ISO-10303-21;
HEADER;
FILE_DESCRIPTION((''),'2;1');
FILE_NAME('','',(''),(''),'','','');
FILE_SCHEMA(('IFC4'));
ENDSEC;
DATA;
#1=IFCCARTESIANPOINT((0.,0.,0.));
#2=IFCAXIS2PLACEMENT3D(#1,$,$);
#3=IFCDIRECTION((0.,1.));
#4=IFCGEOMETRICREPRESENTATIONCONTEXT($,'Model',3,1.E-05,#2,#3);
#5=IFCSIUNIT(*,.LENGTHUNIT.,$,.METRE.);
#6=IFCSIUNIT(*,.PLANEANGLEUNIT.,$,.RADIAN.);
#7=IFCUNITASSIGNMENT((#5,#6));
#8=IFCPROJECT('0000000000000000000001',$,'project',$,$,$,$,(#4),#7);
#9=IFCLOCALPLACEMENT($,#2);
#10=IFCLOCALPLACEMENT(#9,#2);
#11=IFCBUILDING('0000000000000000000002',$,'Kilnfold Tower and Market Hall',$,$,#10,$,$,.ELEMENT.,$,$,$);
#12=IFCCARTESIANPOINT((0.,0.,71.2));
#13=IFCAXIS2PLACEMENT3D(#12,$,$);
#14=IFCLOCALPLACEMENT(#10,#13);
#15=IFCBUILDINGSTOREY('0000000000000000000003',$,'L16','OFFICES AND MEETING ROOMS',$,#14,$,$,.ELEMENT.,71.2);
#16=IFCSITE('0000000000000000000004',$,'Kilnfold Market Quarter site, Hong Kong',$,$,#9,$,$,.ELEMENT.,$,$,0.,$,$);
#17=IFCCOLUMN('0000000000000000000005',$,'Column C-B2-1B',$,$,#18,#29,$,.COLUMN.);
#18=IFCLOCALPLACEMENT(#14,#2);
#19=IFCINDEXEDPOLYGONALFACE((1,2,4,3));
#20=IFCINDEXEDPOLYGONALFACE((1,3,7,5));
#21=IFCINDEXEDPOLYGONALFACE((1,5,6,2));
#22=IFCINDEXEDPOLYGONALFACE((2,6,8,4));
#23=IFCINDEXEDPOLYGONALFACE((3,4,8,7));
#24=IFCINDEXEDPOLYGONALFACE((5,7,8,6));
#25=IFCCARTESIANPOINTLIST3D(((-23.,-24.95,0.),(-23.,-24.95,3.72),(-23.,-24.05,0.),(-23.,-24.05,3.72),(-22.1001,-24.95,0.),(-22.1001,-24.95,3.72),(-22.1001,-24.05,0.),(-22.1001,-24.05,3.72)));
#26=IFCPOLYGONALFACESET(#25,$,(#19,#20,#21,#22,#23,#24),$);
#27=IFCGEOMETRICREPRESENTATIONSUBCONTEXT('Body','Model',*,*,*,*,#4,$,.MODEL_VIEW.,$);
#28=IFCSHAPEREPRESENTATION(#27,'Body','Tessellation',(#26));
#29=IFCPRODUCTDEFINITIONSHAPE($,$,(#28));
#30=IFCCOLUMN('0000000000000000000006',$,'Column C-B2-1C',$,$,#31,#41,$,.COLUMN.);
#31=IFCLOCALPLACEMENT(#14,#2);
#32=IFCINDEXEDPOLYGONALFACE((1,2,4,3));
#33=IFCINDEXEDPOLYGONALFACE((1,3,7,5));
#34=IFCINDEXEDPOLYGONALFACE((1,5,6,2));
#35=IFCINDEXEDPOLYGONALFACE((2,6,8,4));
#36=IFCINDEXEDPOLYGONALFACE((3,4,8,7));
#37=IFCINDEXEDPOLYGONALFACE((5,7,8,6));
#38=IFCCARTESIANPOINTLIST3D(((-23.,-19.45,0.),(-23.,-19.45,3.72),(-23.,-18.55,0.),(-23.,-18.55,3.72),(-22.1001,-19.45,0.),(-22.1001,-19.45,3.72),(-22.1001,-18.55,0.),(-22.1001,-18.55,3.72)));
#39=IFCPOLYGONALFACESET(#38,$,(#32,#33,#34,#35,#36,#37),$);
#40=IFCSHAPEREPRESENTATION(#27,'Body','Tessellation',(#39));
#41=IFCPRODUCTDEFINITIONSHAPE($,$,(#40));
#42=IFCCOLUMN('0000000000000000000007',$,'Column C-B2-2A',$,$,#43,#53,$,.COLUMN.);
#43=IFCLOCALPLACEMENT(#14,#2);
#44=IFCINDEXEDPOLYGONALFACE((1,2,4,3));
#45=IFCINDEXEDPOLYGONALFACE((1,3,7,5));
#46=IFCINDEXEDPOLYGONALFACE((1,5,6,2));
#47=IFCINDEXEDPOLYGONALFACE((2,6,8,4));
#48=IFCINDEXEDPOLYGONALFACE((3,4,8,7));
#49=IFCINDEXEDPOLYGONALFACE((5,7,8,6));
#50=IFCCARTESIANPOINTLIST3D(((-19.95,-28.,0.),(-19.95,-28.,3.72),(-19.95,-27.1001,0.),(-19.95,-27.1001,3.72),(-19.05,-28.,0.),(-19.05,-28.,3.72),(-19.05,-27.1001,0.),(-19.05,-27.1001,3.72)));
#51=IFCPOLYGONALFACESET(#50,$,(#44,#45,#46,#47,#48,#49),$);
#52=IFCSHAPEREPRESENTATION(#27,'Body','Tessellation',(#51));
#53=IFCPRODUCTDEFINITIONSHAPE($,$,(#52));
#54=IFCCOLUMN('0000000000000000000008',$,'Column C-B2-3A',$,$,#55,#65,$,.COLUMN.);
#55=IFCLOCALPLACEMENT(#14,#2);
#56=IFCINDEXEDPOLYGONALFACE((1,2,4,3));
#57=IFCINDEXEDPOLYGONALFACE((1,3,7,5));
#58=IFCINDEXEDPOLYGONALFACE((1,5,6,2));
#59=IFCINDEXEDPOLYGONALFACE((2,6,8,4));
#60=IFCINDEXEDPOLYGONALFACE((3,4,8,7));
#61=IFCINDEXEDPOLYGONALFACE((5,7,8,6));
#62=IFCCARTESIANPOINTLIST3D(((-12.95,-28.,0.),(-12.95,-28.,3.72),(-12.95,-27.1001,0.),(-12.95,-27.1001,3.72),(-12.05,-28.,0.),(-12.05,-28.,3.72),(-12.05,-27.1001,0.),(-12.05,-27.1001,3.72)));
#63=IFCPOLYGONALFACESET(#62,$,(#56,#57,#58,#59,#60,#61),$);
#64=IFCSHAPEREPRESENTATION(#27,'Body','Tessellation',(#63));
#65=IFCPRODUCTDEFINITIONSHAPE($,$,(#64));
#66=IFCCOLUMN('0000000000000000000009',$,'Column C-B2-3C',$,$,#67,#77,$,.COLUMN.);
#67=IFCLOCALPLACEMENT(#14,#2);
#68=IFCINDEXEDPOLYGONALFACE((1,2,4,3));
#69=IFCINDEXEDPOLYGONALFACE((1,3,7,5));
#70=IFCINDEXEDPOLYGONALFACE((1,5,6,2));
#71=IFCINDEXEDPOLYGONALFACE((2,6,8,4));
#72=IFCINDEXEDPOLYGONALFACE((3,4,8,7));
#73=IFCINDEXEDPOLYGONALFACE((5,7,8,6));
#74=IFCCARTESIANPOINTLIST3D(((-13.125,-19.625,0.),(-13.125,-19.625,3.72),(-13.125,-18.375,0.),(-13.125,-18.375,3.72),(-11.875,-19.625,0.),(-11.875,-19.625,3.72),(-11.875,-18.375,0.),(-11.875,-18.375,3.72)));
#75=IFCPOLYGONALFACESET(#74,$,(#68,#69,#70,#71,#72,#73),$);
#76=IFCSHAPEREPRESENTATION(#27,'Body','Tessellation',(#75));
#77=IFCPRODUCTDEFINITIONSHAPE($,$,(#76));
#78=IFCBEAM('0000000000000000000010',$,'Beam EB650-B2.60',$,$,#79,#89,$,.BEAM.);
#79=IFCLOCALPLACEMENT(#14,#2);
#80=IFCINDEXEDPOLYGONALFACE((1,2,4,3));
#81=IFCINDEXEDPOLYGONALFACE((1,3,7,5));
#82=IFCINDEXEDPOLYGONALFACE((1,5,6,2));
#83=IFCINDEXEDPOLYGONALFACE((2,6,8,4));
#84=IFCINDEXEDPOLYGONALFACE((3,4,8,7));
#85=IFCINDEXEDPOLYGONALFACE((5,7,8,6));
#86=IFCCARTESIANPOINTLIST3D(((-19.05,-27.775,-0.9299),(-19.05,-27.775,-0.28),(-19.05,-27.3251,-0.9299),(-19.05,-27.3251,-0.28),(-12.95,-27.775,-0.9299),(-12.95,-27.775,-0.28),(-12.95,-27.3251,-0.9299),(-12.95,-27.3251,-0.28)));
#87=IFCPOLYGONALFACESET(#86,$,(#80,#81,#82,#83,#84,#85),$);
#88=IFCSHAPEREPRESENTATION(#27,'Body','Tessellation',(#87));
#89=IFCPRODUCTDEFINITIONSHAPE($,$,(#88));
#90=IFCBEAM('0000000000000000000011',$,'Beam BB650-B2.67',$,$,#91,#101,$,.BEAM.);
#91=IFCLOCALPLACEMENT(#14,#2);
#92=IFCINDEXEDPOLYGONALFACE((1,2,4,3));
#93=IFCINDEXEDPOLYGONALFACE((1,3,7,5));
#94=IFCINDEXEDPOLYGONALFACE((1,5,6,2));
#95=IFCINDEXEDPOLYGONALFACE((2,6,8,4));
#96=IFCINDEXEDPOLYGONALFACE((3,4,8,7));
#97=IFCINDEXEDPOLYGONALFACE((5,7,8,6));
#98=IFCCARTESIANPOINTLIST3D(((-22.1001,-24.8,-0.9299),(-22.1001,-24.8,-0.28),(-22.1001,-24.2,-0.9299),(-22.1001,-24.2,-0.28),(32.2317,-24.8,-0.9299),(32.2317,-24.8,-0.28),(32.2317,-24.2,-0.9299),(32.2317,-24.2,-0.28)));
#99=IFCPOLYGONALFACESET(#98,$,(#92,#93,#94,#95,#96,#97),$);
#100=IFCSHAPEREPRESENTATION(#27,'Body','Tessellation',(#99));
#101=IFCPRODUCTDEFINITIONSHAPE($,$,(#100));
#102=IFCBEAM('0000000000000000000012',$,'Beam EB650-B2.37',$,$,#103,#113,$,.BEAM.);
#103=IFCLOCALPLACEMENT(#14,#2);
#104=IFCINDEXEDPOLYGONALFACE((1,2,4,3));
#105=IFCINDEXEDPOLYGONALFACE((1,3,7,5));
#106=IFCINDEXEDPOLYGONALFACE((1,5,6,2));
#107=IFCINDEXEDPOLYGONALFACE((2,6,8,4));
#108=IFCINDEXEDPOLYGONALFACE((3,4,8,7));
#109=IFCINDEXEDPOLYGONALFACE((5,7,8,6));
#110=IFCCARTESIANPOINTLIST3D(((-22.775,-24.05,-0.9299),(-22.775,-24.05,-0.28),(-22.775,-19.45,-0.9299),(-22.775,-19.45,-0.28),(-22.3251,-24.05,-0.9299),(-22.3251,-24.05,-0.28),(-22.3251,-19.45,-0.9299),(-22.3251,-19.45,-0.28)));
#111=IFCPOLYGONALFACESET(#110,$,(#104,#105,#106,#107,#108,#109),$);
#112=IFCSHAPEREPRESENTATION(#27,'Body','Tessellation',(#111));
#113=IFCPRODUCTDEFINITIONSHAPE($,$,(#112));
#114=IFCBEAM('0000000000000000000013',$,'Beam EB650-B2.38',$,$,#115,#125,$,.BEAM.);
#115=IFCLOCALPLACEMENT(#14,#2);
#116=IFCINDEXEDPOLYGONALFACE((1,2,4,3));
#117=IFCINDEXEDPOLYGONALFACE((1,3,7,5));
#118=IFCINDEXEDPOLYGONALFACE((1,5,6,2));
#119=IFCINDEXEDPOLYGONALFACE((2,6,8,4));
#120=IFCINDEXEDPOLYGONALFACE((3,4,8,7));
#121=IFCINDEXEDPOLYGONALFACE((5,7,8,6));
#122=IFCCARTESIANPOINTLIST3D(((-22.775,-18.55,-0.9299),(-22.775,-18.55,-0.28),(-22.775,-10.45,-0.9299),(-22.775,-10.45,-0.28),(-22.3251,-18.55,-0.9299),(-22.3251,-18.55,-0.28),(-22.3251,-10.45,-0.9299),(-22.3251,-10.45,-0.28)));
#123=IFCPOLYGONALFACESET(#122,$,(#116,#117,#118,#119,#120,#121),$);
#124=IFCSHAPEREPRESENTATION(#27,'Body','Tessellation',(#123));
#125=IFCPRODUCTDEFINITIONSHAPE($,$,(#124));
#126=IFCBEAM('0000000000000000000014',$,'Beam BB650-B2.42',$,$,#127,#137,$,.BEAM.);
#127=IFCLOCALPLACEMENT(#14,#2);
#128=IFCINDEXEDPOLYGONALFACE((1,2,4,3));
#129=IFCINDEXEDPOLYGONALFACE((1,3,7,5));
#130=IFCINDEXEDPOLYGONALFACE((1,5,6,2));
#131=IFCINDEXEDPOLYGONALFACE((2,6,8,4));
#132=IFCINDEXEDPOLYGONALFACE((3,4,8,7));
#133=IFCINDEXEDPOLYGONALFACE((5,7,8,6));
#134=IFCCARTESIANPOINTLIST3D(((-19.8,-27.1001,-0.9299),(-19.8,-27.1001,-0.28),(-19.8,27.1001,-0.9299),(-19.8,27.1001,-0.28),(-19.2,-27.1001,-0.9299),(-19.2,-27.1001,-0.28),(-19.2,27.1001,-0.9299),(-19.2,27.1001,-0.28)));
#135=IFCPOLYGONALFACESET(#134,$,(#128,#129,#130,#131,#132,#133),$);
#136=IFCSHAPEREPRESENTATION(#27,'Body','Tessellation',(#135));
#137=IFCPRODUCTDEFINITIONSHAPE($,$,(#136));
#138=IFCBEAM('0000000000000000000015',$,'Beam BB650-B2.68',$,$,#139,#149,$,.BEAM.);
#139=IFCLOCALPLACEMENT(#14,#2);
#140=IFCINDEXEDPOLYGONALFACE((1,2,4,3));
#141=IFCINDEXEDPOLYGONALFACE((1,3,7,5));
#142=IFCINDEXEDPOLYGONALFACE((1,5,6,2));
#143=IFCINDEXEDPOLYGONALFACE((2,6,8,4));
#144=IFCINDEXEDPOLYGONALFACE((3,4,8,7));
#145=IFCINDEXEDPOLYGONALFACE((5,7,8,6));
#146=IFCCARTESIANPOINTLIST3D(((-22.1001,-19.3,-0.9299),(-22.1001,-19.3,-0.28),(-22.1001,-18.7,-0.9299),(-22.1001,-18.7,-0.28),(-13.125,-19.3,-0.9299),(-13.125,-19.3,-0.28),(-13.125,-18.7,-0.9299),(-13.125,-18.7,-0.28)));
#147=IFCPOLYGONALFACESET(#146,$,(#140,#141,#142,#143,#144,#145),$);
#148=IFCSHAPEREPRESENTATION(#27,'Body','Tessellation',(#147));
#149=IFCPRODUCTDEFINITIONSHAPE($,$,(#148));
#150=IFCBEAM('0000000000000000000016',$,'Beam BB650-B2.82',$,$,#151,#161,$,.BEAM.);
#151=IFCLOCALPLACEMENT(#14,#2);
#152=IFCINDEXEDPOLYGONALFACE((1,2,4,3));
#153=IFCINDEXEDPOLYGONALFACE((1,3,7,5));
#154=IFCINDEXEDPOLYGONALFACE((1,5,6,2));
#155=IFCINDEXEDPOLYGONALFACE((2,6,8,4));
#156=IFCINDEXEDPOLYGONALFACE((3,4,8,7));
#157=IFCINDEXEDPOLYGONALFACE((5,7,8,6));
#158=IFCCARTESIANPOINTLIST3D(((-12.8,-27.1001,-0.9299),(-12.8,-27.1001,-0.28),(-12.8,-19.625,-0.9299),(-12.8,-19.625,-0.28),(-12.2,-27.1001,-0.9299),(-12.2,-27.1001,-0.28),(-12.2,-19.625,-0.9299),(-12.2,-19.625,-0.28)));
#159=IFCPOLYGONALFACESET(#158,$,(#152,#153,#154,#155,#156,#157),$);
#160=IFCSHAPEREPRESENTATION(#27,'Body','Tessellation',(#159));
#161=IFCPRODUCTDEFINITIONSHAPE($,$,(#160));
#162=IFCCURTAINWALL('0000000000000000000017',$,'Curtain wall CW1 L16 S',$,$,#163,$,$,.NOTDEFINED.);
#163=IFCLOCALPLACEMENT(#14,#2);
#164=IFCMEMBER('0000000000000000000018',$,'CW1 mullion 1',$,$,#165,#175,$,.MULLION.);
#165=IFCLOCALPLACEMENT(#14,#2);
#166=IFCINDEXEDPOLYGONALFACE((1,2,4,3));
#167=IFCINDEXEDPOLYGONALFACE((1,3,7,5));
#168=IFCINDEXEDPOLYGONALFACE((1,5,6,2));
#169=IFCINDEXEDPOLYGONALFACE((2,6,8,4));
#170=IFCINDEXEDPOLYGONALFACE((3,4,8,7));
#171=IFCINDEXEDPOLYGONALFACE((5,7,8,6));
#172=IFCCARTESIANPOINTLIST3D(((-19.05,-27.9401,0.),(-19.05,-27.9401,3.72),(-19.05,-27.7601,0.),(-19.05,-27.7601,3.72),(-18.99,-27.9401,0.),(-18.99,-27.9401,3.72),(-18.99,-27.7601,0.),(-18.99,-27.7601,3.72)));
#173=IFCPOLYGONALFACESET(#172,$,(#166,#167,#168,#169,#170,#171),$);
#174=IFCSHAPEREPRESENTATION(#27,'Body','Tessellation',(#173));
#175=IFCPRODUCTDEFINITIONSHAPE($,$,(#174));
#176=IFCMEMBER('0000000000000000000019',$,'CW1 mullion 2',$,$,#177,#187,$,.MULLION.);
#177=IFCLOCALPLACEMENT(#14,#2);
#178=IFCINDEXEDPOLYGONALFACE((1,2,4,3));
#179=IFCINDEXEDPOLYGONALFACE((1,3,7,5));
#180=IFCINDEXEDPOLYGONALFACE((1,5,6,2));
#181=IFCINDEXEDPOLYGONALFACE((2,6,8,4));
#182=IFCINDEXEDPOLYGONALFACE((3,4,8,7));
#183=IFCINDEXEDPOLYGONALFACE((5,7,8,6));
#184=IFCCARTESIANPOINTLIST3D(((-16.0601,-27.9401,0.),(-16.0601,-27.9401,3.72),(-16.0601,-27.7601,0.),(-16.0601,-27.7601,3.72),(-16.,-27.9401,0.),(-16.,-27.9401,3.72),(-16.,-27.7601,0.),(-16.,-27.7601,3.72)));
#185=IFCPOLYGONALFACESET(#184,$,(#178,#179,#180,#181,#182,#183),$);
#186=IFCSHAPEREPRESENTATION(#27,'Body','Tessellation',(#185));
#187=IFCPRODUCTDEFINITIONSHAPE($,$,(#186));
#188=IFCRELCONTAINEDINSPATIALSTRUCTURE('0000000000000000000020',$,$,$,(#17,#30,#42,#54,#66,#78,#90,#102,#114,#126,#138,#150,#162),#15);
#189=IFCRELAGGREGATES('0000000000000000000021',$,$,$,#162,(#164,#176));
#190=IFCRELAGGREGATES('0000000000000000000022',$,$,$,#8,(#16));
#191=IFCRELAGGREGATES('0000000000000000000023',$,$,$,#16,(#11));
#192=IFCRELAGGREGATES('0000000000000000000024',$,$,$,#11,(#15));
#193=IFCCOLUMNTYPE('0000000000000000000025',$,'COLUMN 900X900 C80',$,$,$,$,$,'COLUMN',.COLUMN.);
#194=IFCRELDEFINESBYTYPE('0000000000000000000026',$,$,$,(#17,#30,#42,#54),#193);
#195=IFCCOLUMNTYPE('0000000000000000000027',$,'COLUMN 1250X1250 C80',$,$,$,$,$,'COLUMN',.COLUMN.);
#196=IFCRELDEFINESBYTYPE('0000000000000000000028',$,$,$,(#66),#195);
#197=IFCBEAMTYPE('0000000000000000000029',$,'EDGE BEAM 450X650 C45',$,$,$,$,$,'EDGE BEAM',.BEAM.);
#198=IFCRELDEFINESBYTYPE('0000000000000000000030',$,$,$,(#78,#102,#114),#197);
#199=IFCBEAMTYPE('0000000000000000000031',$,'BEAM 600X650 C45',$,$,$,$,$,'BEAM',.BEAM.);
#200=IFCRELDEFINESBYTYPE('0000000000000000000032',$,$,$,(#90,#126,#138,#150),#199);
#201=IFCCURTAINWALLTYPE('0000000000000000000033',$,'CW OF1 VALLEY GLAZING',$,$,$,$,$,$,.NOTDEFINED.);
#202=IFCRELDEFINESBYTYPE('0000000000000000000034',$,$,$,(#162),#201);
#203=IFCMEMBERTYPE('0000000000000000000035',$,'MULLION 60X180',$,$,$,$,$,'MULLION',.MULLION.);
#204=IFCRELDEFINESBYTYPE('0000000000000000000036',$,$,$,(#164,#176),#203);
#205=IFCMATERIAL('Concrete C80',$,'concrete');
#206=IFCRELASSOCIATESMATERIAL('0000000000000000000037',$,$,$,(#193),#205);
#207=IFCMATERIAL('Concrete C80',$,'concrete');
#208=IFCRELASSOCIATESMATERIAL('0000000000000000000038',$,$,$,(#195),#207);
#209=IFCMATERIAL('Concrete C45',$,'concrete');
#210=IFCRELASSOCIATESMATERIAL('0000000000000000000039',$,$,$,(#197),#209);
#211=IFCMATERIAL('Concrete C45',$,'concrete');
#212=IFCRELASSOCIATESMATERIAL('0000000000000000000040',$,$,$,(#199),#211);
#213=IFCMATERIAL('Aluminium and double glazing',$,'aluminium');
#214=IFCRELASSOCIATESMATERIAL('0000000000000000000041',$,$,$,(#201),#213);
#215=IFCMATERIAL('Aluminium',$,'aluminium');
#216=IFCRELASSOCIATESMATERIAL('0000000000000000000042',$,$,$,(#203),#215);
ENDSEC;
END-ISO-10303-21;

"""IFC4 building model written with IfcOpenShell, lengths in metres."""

from ifc_helpers import new_model, si_unit, direction, frame, origin, origin_2d, place, context, subcontext, project, spatial, rectangle, extrude, source, transform, mapped, material, material_profile, profile_set, type_object, element, aggregate, save


model = new_model("IFC4")

# Units and contexts
model_context = context("Model", 3, precision=1e-05, world=origin(), true_north=direction((0.0, 1.0)))
body_context = subcontext(model_context, "Body", "Model", "MODEL_VIEW")
ifc_project = project(units=[si_unit("LENGTHUNIT", "METRE"), si_unit("PLANEANGLEUNIT", "RADIAN")], contexts=[model_context])

# Site, building, storey
site_placement = place(None, origin())
site = spatial("IfcSite", under=ifc_project, at=site_placement, Name="Kilnfold Market Quarter site, Hong Kong", CompositionType="ELEMENT", RefElevation=0.0)
building_placement = place(site_placement, origin())
building = spatial("IfcBuilding", under=site, at=building_placement, Name="Kilnfold Tower and Market Hall", CompositionType="ELEMENT")
storey_placement = place(building_placement, frame((0.0, 0.0, 71.2)))
storey = spatial("IfcBuildingStorey", under=building, at=storey_placement, Name="L16", Description="OFFICES AND MEETING ROOMS", CompositionType="ELEMENT", Elevation=71.2)

# Columns
ifc_material_1 = material(Name="Concrete C80", Category="concrete")
ifc_material_profile_1 = material_profile(ifc_material_1, rectangle(XDim=0.8999, YDim=0.8999, at=origin_2d()), Name="RC 900x900")
ifc_profile_set_1 = profile_set([ifc_material_profile_1], Name="Concrete C80")
column_type_1 = type_object("IfcColumnType", Name="COLUMN 900X900 C80", ElementType="COLUMN", PredefinedType="COLUMN", material=ifc_profile_set_1)
shared_shape_1 = source(origin(), body_context, "Body", "SweptSolid", [
    extrude(rectangle(XDim=0.8999, YDim=0.8999, at=origin_2d()), origin(), (0.0, 0.0, 1.0), 3.72),
])
for number, where, z_axis, x_axis, name in (
    (1, (-22.55, -24.5, 0.0), (0.0, 0.0, 1.0), (1.0, 0.0, 0.0), "Column C-B2-1B"),
    (2, (-22.55, -19.0, 0.0), (0.0, 0.0, 1.0), (1.0, 0.0, 0.0), "Column C-B2-1C"),
    (3, (-19.5, -27.55, 0.0), (0.0, 0.0, 1.0), (1.0, 0.0, 0.0), "Column C-B2-2A"),
    (4, (-12.5, -27.55, 0.0), (0.0, 0.0, 1.0), (1.0, 0.0, 0.0), "Column C-B2-3A"),
):
    element("IfcColumn", number, at=place(storey_placement, frame(where, z_axis=z_axis, x_axis=x_axis)), inside=storey, type_object=column_type_1, Name=name, PredefinedType="COLUMN", context=body_context, shape_type="MappedRepresentation", body=[
        mapped(shared_shape_1, transform((0.0, 0.0, 0.0))),
    ])
ifc_material_2 = material(Name="Concrete C80", Category="concrete")
ifc_material_profile_2 = material_profile(ifc_material_2, rectangle(XDim=1.25, YDim=1.25, at=origin_2d()), Name="RC 1250x1250")
ifc_profile_set_2 = profile_set([ifc_material_profile_2], Name="Concrete C80")
column_type_2 = type_object("IfcColumnType", Name="COLUMN 1250X1250 C80", ElementType="COLUMN", PredefinedType="COLUMN", material=ifc_profile_set_2)
shared_shape_2 = source(origin(), body_context, "Body", "SweptSolid", [
    extrude(rectangle(XDim=1.25, YDim=1.25, at=origin_2d()), origin(), (0.0, 0.0, 1.0), 3.72),
])
column_placement = place(storey_placement, frame((-12.5, -19.0, 0.0), z_axis=(0.0, 0.0, 1.0), x_axis=(1.0, 0.0, 0.0)))
element("IfcColumn", 5, at=column_placement, inside=storey, type_object=column_type_2, Name="Column C-B2-3C", PredefinedType="COLUMN", context=body_context, shape_type="MappedRepresentation", body=[
    mapped(shared_shape_2, transform((0.0, 0.0, 0.0))),
])

# Beams
ifc_material_3 = material(Name="Concrete C45", Category="concrete")
ifc_material_profile_3 = material_profile(ifc_material_3, rectangle(XDim=0.45, YDim=0.6499, at=origin_2d()), Name="RC 450x650")
ifc_profile_set_3 = profile_set([ifc_material_profile_3], Name="Concrete C45")
beam_type_1 = type_object("IfcBeamType", Name="EDGE BEAM 450X650 C45", ElementType="EDGE BEAM", PredefinedType="BEAM", material=ifc_profile_set_3)
shared_shape_3 = source(origin(), body_context, "Body", "SweptSolid", [
    extrude(rectangle(XDim=0.45, YDim=0.6499, at=origin_2d()), origin(), (0.0, 0.0, 1.0), 6.1001),
])
beam_1_placement = place(storey_placement, frame((-19.05, -27.55, -0.605), z_axis=(1.0, 0.0, 0.0), x_axis=(0.0, 1.0, 0.0)))
element("IfcBeam", 6, at=beam_1_placement, inside=storey, type_object=beam_type_1, Name="Beam EB650-B2.60", PredefinedType="BEAM", context=body_context, shape_type="MappedRepresentation", body=[
    mapped(shared_shape_3, transform((0.0, 0.0, 0.0))),
])
ifc_material_4 = material(Name="Concrete C45", Category="concrete")
ifc_material_profile_4 = material_profile(ifc_material_4, rectangle(XDim=0.6001, YDim=0.6499, at=origin_2d()), Name="RC 600x650")
ifc_profile_set_4 = profile_set([ifc_material_profile_4], Name="Concrete C45")
beam_type_2 = type_object("IfcBeamType", Name="BEAM 600X650 C45", ElementType="BEAM", PredefinedType="BEAM", material=ifc_profile_set_4)
shared_shape_4 = source(origin(), body_context, "Body", "SweptSolid", [
    extrude(rectangle(XDim=0.6001, YDim=0.6499, at=origin_2d()), origin(), (0.0, 0.0, 1.0), 54.3318),
])
beam_2_placement = place(storey_placement, frame((-22.1001, -24.5, -0.605), z_axis=(1.0, 0.0, 0.0), x_axis=(0.0, 1.0, 0.0)))
element("IfcBeam", 7, at=beam_2_placement, inside=storey, type_object=beam_type_2, Name="Beam BB650-B2.67", PredefinedType="BEAM", context=body_context, shape_type="MappedRepresentation", body=[
    mapped(shared_shape_4, transform((0.0, 0.0, 0.0))),
])
shared_shape_5 = source(origin(), body_context, "Body", "SweptSolid", [
    extrude(rectangle(XDim=0.45, YDim=0.6499, at=origin_2d()), origin(), (0.0, 0.0, 1.0), 4.6001),
])
beam_3_placement = place(storey_placement, frame((-22.55, -24.05, -0.605), z_axis=(0.0, 1.0, 0.0), x_axis=(-1.0, 0.0, 0.0)))
element("IfcBeam", 8, at=beam_3_placement, inside=storey, type_object=beam_type_1, Name="Beam EB650-B2.37", PredefinedType="BEAM", context=body_context, shape_type="MappedRepresentation", body=[
    mapped(shared_shape_5, transform((0.0, 0.0, 0.0))),
])
shared_shape_6 = source(origin(), body_context, "Body", "SweptSolid", [
    extrude(rectangle(XDim=0.45, YDim=0.6499, at=origin_2d()), origin(), (0.0, 0.0, 1.0), 8.1001),
])
beam_4_placement = place(storey_placement, frame((-22.55, -18.55, -0.605), z_axis=(0.0, 1.0, 0.0), x_axis=(-1.0, 0.0, 0.0)))
element("IfcBeam", 9, at=beam_4_placement, inside=storey, type_object=beam_type_1, Name="Beam EB650-B2.38", PredefinedType="BEAM", context=body_context, shape_type="MappedRepresentation", body=[
    mapped(shared_shape_6, transform((0.0, 0.0, 0.0))),
])
shared_shape_7 = source(origin(), body_context, "Body", "SweptSolid", [
    extrude(rectangle(XDim=0.6001, YDim=0.6499, at=origin_2d()), origin(), (0.0, 0.0, 1.0), 54.2002),
])
beam_5_placement = place(storey_placement, frame((-19.5, -27.1001, -0.605), z_axis=(0.0, 1.0, 0.0), x_axis=(-1.0, 0.0, 0.0)))
element("IfcBeam", 10, at=beam_5_placement, inside=storey, type_object=beam_type_2, Name="Beam BB650-B2.42", PredefinedType="BEAM", context=body_context, shape_type="MappedRepresentation", body=[
    mapped(shared_shape_7, transform((0.0, 0.0, 0.0))),
])
shared_shape_8 = source(origin(), body_context, "Body", "SweptSolid", [
    extrude(rectangle(XDim=0.6001, YDim=0.6499, at=origin_2d()), origin(), (0.0, 0.0, 1.0), 8.9751),
])
beam_6_placement = place(storey_placement, frame((-22.1001, -19.0, -0.605), z_axis=(1.0, 0.0, 0.0), x_axis=(0.0, 1.0, 0.0)))
element("IfcBeam", 11, at=beam_6_placement, inside=storey, type_object=beam_type_2, Name="Beam BB650-B2.68", PredefinedType="BEAM", context=body_context, shape_type="MappedRepresentation", body=[
    mapped(shared_shape_8, transform((0.0, 0.0, 0.0))),
])
shared_shape_9 = source(origin(), body_context, "Body", "SweptSolid", [
    extrude(rectangle(XDim=0.6001, YDim=0.6499, at=origin_2d()), origin(), (0.0, 0.0, 1.0), 7.4751),
])
beam_7_placement = place(storey_placement, frame((-12.5, -27.1001, -0.605), z_axis=(0.0, 1.0, 0.0), x_axis=(-1.0, 0.0, 0.0)))
element("IfcBeam", 12, at=beam_7_placement, inside=storey, type_object=beam_type_2, Name="Beam BB650-B2.82", PredefinedType="BEAM", context=body_context, shape_type="MappedRepresentation", body=[
    mapped(shared_shape_9, transform((0.0, 0.0, 0.0))),
])

# Curtain wall, members
ifc_material_5 = material(Name="Aluminium and double glazing", Category="aluminium")
curtain_wall_type = type_object("IfcCurtainWallType", Name="CW OF1 VALLEY GLAZING", PredefinedType="NOTDEFINED", material=ifc_material_5)
curtain_wall_1_placement = place(storey_placement, origin())
curtain_wall_1 = element("IfcCurtainWall", 13, at=curtain_wall_1_placement, inside=storey, type_object=curtain_wall_type, Name="Curtain wall CW1 L16 S", PredefinedType="NOTDEFINED")
ifc_material_6 = material(Name="Aluminium", Category="aluminium")
ifc_material_profile_5 = material_profile(ifc_material_6, rectangle(XDim=0.0601, YDim=0.1799, at=origin_2d()), Name="MULLION 60x180")
ifc_profile_set_5 = profile_set([ifc_material_profile_5], Name="Aluminium")
member_type_1 = type_object("IfcMemberType", Name="MULLION 60X180", ElementType="MULLION", PredefinedType="MULLION", material=ifc_profile_set_5)
shared_shape_10 = source(origin(), body_context, "Body", "SweptSolid", [
    extrude(rectangle(XDim=0.0601, YDim=0.1799, at=origin_2d()), origin(), (0.0, 0.0, 1.0), 3.72),
])
member_1_placement = place(storey_placement, frame((-19.02, -27.8501, 0.0), z_axis=(0.0, 0.0, 1.0), x_axis=(1.0, 0.0, 0.0)))
member_1 = element("IfcMember", 14, at=member_1_placement, type_object=member_type_1, Name="CW1 mullion 1", PredefinedType="MULLION", context=body_context, shape_type="MappedRepresentation", body=[
    mapped(shared_shape_10, transform((0.0, 0.0, 0.0))),
])
member_2_placement = place(storey_placement, frame((-16.03, -27.8501, 0.0), z_axis=(0.0, 0.0, 1.0), x_axis=(1.0, 0.0, 0.0)))
member_2 = element("IfcMember", 15, at=member_2_placement, type_object=member_type_1, Name="CW1 mullion 2", PredefinedType="MULLION", context=body_context, shape_type="MappedRepresentation", body=[
    mapped(shared_shape_10, transform((0.0, 0.0, 0.0))),
])

aggregate(curtain_wall_1, [member_1, member_2])

save(model, "model.ifc")
